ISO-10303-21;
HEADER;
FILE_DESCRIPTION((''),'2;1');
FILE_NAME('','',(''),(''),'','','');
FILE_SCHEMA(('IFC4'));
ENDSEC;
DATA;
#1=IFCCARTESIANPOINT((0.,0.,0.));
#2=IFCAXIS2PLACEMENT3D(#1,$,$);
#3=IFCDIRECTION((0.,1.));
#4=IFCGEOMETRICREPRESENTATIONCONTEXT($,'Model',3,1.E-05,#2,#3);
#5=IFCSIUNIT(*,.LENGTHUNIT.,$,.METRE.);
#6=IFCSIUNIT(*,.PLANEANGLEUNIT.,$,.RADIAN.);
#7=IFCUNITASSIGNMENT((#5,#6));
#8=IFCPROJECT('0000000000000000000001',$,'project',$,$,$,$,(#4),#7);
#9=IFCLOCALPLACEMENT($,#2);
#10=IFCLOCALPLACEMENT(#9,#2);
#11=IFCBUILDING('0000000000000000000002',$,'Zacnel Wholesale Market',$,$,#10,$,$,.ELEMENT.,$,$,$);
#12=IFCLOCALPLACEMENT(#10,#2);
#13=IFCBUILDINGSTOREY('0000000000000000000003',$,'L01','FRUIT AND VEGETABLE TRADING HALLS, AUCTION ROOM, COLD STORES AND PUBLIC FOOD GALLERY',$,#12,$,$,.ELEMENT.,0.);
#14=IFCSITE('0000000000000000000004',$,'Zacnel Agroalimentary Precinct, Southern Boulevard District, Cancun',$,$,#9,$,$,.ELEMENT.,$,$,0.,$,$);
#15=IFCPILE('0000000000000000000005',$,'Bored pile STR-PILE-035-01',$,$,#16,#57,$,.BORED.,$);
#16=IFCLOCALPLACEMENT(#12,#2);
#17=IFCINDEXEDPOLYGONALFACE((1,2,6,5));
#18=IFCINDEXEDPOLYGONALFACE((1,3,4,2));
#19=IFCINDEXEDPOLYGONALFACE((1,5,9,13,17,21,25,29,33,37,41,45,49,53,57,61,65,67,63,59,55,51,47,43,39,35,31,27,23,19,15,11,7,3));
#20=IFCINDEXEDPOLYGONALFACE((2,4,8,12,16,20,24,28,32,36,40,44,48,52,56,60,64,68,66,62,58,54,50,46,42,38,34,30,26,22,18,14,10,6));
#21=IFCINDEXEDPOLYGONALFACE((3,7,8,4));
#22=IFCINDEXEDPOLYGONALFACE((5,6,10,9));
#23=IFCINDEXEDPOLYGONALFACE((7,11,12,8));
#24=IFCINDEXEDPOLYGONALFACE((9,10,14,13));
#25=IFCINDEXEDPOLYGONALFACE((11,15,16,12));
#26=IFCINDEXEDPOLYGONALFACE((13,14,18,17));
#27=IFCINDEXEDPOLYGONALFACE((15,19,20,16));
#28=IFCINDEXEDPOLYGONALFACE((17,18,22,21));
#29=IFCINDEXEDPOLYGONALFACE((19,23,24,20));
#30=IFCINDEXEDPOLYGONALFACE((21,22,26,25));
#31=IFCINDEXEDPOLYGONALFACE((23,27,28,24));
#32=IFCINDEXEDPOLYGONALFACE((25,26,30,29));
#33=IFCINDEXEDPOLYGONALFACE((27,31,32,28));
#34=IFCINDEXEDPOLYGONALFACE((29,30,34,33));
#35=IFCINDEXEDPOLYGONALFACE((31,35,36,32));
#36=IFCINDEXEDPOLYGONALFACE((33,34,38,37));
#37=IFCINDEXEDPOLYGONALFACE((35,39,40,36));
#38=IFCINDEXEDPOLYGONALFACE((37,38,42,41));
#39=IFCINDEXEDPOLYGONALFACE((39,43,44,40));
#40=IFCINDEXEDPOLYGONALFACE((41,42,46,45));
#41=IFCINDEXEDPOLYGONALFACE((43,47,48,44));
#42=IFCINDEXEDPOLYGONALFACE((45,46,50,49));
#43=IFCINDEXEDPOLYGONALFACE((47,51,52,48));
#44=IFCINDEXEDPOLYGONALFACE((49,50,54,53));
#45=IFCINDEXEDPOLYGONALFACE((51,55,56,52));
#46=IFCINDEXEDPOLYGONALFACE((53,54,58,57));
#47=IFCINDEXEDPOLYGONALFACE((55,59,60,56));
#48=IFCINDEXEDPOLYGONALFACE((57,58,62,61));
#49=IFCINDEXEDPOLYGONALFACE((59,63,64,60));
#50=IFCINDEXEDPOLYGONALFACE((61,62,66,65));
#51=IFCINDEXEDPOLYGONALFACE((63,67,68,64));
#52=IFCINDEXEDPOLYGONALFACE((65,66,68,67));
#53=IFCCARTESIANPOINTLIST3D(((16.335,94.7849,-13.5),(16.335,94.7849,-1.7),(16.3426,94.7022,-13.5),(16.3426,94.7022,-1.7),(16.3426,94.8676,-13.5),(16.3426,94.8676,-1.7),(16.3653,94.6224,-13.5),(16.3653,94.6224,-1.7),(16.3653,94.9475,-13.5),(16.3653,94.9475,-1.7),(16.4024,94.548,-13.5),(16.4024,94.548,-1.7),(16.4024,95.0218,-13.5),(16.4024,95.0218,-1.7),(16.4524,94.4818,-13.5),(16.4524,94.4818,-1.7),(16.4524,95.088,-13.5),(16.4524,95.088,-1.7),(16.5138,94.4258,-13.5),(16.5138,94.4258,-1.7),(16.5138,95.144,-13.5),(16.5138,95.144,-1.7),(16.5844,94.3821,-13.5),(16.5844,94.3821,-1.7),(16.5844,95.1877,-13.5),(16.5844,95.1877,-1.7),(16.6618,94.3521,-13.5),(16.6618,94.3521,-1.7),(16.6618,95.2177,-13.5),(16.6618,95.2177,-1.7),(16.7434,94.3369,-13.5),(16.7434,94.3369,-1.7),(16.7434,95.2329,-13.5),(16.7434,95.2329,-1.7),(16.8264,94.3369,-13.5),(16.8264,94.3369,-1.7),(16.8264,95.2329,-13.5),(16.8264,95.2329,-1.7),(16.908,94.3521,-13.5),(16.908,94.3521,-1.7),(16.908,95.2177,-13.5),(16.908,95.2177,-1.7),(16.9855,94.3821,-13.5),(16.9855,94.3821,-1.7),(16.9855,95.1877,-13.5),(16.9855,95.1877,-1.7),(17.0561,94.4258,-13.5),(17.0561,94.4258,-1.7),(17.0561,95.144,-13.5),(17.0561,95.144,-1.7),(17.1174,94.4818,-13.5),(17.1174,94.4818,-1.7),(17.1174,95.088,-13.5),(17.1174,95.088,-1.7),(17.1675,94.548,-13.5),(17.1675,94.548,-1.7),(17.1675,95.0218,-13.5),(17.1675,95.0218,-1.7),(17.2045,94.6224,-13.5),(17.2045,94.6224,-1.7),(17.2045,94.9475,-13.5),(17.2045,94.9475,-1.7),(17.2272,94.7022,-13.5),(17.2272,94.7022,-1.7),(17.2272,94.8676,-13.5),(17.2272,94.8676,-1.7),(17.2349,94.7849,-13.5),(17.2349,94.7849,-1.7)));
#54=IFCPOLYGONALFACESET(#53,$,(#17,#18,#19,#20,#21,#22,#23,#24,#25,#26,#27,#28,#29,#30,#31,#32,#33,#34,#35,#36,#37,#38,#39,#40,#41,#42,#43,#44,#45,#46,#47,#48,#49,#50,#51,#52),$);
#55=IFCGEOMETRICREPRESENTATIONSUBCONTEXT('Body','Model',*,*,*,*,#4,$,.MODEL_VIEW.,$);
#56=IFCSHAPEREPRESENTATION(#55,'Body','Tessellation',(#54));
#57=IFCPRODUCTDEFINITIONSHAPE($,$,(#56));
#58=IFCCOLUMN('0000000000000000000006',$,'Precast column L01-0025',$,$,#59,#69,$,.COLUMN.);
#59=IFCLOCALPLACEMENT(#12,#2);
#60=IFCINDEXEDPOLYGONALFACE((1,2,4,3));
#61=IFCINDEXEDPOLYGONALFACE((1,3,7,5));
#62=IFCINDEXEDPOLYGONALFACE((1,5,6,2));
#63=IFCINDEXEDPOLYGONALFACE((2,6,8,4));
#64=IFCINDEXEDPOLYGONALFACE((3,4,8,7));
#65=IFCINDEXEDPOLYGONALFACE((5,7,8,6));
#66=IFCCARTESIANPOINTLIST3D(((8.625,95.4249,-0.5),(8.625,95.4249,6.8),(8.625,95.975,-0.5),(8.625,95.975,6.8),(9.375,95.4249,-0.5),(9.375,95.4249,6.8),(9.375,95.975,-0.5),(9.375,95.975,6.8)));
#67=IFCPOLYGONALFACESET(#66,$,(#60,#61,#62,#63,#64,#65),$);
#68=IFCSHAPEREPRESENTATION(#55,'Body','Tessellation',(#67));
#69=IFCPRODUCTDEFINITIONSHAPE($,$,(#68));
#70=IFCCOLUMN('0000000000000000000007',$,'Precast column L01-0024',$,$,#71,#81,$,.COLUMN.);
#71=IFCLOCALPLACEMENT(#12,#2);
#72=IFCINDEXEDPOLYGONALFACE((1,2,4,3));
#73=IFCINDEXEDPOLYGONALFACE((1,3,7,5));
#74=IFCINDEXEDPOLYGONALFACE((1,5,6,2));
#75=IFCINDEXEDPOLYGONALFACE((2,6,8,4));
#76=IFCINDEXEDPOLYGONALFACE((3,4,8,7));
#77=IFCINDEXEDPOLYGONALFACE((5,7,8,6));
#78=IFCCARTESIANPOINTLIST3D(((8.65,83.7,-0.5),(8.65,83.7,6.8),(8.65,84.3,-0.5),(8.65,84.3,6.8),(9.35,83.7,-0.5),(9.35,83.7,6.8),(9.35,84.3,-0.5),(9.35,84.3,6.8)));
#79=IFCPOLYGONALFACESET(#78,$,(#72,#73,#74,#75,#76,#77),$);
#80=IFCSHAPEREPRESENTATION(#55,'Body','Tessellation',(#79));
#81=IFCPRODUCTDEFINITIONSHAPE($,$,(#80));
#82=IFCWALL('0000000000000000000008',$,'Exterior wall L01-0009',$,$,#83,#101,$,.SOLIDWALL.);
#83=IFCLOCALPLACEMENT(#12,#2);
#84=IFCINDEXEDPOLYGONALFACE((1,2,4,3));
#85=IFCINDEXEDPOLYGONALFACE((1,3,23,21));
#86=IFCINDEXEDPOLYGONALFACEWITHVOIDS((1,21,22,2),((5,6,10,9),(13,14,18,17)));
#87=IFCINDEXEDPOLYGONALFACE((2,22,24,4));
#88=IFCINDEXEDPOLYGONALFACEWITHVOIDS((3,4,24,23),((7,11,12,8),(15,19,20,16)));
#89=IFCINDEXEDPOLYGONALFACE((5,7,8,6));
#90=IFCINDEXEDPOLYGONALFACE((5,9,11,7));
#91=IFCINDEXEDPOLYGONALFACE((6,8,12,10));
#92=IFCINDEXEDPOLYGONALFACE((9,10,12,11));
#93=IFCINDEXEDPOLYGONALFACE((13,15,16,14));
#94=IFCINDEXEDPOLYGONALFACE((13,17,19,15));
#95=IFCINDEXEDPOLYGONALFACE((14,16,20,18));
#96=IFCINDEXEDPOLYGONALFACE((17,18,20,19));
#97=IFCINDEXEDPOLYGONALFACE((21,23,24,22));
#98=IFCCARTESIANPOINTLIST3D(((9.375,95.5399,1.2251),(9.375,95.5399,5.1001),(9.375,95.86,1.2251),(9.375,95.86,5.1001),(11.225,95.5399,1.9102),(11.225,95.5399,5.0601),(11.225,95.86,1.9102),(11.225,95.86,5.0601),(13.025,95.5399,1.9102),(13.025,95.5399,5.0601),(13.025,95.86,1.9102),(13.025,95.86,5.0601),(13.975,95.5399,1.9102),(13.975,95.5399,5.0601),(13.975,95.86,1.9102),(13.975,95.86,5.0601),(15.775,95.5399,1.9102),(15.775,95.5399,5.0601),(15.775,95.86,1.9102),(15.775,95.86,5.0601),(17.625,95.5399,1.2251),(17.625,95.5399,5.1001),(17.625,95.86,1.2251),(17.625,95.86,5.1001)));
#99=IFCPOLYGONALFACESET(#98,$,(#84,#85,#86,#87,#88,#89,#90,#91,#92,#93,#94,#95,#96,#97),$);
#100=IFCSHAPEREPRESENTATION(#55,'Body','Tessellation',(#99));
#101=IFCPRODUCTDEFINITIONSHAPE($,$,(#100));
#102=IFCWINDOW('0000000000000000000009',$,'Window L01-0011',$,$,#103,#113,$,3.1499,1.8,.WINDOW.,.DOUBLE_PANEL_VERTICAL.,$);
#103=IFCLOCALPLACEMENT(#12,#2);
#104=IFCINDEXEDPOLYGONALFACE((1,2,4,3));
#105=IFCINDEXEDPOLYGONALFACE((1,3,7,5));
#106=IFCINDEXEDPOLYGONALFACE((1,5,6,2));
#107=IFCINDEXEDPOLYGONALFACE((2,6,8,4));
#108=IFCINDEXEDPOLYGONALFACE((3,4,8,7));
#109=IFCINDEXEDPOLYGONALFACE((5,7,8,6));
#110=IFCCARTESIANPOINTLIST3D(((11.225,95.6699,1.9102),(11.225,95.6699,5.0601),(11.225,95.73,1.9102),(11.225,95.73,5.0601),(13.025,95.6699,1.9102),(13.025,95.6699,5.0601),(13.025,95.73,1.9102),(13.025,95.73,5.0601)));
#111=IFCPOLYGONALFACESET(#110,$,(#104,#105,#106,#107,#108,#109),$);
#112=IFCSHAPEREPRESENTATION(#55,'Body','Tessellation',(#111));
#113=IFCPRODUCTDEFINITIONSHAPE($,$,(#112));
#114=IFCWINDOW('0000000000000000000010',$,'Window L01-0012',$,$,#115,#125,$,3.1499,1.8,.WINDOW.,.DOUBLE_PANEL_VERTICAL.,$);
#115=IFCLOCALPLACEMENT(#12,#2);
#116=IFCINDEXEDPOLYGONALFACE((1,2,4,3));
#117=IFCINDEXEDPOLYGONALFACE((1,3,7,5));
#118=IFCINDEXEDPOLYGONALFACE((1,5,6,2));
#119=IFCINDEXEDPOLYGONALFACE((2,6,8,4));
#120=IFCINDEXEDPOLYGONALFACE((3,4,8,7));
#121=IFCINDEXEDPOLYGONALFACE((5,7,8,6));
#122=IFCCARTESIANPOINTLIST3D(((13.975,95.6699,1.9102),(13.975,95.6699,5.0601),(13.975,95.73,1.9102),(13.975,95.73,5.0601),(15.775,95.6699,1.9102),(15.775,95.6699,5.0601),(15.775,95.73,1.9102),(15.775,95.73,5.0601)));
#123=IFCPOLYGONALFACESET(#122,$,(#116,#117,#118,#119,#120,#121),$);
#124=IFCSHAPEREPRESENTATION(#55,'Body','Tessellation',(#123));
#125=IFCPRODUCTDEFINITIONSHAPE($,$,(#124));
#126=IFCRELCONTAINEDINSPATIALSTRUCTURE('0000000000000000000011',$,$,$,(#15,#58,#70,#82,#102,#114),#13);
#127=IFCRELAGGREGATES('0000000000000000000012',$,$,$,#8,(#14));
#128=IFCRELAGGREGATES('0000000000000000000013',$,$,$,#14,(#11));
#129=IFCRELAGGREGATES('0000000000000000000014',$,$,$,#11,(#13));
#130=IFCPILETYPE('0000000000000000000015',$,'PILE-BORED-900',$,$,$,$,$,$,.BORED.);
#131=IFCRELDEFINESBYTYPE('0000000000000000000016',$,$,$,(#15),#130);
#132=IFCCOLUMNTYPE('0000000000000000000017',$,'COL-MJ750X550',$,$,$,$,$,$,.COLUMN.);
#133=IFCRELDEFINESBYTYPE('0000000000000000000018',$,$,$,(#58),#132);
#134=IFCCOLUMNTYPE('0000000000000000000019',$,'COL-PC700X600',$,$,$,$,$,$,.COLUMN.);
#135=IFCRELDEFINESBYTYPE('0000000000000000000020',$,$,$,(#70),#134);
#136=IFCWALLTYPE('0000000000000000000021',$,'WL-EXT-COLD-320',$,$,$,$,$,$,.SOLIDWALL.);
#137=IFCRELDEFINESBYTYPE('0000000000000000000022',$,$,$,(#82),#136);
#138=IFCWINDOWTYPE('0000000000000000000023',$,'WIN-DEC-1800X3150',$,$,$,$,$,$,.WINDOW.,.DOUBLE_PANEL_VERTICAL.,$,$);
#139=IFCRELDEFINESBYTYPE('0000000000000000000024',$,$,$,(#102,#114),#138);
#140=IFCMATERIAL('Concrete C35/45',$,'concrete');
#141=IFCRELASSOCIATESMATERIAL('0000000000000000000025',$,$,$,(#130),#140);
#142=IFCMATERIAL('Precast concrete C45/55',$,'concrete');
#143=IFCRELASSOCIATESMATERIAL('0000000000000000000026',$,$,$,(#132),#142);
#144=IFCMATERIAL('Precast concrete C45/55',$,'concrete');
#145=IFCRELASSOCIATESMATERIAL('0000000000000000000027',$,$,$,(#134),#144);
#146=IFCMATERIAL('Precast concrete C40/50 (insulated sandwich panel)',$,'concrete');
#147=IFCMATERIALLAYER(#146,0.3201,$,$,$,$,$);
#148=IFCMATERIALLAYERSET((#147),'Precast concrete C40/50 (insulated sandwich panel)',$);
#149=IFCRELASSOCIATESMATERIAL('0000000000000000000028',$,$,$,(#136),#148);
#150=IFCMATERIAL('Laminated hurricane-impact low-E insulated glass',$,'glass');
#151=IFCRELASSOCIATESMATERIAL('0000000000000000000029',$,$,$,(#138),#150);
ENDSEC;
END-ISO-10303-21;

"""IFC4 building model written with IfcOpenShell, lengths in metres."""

from ifc_helpers import new_model, si_unit, direction, frame, frame_2d, origin, origin_2d, place, context, subcontext, project, spatial, rectangle, circle, extrude, material, layer, layer_set, material_profile, profile_set, type_object, element, fill, save


model = new_model("IFC4")

# Units and contexts
model_context = context("Model", 3, precision=1e-05, world=origin(), true_north=direction((0.0, 1.0)))
body_context = subcontext(model_context, "Body", "Model", "MODEL_VIEW")
ifc_project = project(units=[si_unit("LENGTHUNIT", "METRE"), si_unit("PLANEANGLEUNIT", "RADIAN")], contexts=[model_context])

# Site, building, storey
site_placement = place(None, origin())
site = spatial("IfcSite", under=ifc_project, at=site_placement, Name="Zacnel Agroalimentary Precinct, Southern Boulevard District, Cancun", CompositionType="ELEMENT", RefElevation=0.0)
building_placement = place(site_placement, origin())
building = spatial("IfcBuilding", under=site, at=building_placement, Name="Zacnel Wholesale Market", CompositionType="ELEMENT")
storey_placement = place(building_placement, origin())
storey = spatial("IfcBuildingStorey", under=building, at=storey_placement, Name="L01", Description="FRUIT AND VEGETABLE TRADING HALLS, AUCTION ROOM, COLD STORES AND PUBLIC FOOD GALLERY", CompositionType="ELEMENT", Elevation=0.0)

# Pile
ifc_material_1 = material(Name="Concrete C35/45", Category="concrete")
ifc_material_profile_1 = material_profile(ifc_material_1, circle(Radius=0.45, at=origin_2d()), Name="BORED PILE D900")
ifc_profile_set_1 = profile_set([ifc_material_profile_1], Name="Concrete C35/45")
pile_type = type_object("IfcPileType", Name="PILE-BORED-900", PredefinedType="BORED", material=ifc_profile_set_1)
pile_1_placement = place(storey_placement, frame((16.7849, 94.7849, -1.7), z_axis=(0.0, 0.0, -1.0), x_axis=(1.0, 0.0, 0.0)))
element("IfcPile", 1, at=pile_1_placement, inside=storey, type_object=pile_type, Name="Bored pile STR-PILE-035-01", PredefinedType="BORED", context=body_context, shape_type="SweptSolid", body=[
    extrude(circle(Radius=0.45, at=origin_2d()), origin(), (0.0, 0.0, 1.0), 11.8),
])

# Columns
ifc_material_2 = material(Name="Precast concrete C45/55", Category="concrete")
ifc_material_profile_2 = material_profile(ifc_material_2, rectangle(XDim=0.75, YDim=0.55, at=origin_2d()), Name="PC 750x550")
ifc_profile_set_2 = profile_set([ifc_material_profile_2], Name="Precast concrete C45/55")
column_type_1 = type_object("IfcColumnType", Name="COL-MJ750X550", PredefinedType="COLUMN", material=ifc_profile_set_2)
column_1_placement = place(storey_placement, frame((9.0, 95.7, -0.5), z_axis=(0.0, 0.0, 1.0), x_axis=(1.0, 0.0, 0.0)))
element("IfcColumn", 2, at=column_1_placement, inside=storey, type_object=column_type_1, Name="Precast column L01-0025", PredefinedType="COLUMN", context=body_context, shape_type="SweptSolid", body=[
    extrude(rectangle(XDim=0.75, YDim=0.55, at=origin_2d()), origin(), (0.0, 0.0, 1.0), 7.3),
])
ifc_material_3 = material(Name="Precast concrete C45/55", Category="concrete")
ifc_material_profile_3 = material_profile(ifc_material_3, rectangle(XDim=0.7, YDim=0.6001, at=origin_2d()), Name="PC 700x600")
ifc_profile_set_3 = profile_set([ifc_material_profile_3], Name="Precast concrete C45/55")
column_type_2 = type_object("IfcColumnType", Name="COL-PC700X600", PredefinedType="COLUMN", material=ifc_profile_set_3)
column_2_placement = place(storey_placement, frame((9.0, 84.0, -0.5), z_axis=(0.0, 0.0, 1.0), x_axis=(1.0, 0.0, 0.0)))
element("IfcColumn", 3, at=column_2_placement, inside=storey, type_object=column_type_2, Name="Precast column L01-0024", PredefinedType="COLUMN", context=body_context, shape_type="SweptSolid", body=[
    extrude(rectangle(XDim=0.7, YDim=0.6001, at=origin_2d()), origin(), (0.0, 0.0, 1.0), 7.3),
])

# Wall, openings, windows
ifc_material_4 = material(Name="Precast concrete C40/50 (insulated sandwich panel)", Category="concrete")
ifc_layer_1 = layer(ifc_material_4, 0.3201)
ifc_layer_set_1 = layer_set([ifc_layer_1], Name="Precast concrete C40/50 (insulated sandwich panel)")
wall_type = type_object("IfcWallType", Name="WL-EXT-COLD-320", PredefinedType="SOLIDWALL", material=ifc_layer_set_1)
wall_placement = place(storey_placement, frame((9.375, 95.7, 1.2251), z_axis=(0.0, 0.0, 1.0), x_axis=(1.0, 0.0, 0.0)))
wall = element("IfcWall", 4, at=wall_placement, inside=storey, type_object=wall_type, Name="Exterior wall L01-0009", PredefinedType="SOLIDWALL", context=body_context, shape_type="SweptSolid", body=[
    extrude(rectangle(XDim=8.25, YDim=0.3201, at=frame_2d((4.125, 0.0))), origin(), (0.0, 0.0, 1.0), 3.875),
])
opening_1_placement = place(wall_placement, frame((1.8501, 0.0, 0.6851)))
opening_1 = element("IfcOpeningElement", 5, at=opening_1_placement, cuts=wall, PredefinedType="OPENING", context=body_context, shape_type="SweptSolid", body=[
    extrude(rectangle(XDim=1.8, YDim=3.1499, at=frame_2d((0.8999, 1.575))), frame((0.0, 0.1699, 0.0), z_axis=(0.0, -1.0, 0.0), x_axis=(1.0, 0.0, 0.0)), (0.0, 0.0, 1.0), 0.3401),
])
opening_2_placement = place(wall_placement, frame((4.6001, 0.0, 0.6851)))
opening_2 = element("IfcOpeningElement", 6, at=opening_2_placement, cuts=wall, PredefinedType="OPENING", context=body_context, shape_type="SweptSolid", body=[
    extrude(rectangle(XDim=1.8, YDim=3.1499, at=frame_2d((0.8999, 1.575))), frame((0.0, 0.1699, 0.0), z_axis=(0.0, -1.0, 0.0), x_axis=(1.0, 0.0, 0.0)), (0.0, 0.0, 1.0), 0.3401),
])
ifc_material_5 = material(Name="Laminated hurricane-impact low-E insulated glass", Category="glass")
window_type = type_object("IfcWindowType", Name="WIN-DEC-1800X3150", PartitioningType="DOUBLE_PANEL_VERTICAL", PredefinedType="WINDOW", material=ifc_material_5)
window_1_placement = place(opening_1_placement, origin())
window_1 = element("IfcWindow", 7, at=window_1_placement, inside=storey, type_object=window_type, Name="Window L01-0011", OverallHeight=3.1499, OverallWidth=1.8, PartitioningType="DOUBLE_PANEL_VERTICAL", PredefinedType="WINDOW", context=body_context, shape_type="SweptSolid", body=[
    extrude(rectangle(XDim=1.8, YDim=3.1499, at=frame_2d((0.8999, 1.575))), frame((0.0, 0.03, 0.0), z_axis=(0.0, -1.0, 0.0), x_axis=(1.0, 0.0, 0.0)), (0.0, 0.0, 1.0), 0.0601),
])
fill(opening_1, window_1)
window_2_placement = place(opening_2_placement, origin())
window_2 = element("IfcWindow", 8, at=window_2_placement, inside=storey, type_object=window_type, Name="Window L01-0012", OverallHeight=3.1499, OverallWidth=1.8, PartitioningType="DOUBLE_PANEL_VERTICAL", PredefinedType="WINDOW", context=body_context, shape_type="SweptSolid", body=[
    extrude(rectangle(XDim=1.8, YDim=3.1499, at=frame_2d((0.8999, 1.575))), frame((0.0, 0.03, 0.0), z_axis=(0.0, -1.0, 0.0), x_axis=(1.0, 0.0, 0.0)), (0.0, 0.0, 1.0), 0.0601),
])
fill(opening_2, window_2)

save(model, "model.ifc")
